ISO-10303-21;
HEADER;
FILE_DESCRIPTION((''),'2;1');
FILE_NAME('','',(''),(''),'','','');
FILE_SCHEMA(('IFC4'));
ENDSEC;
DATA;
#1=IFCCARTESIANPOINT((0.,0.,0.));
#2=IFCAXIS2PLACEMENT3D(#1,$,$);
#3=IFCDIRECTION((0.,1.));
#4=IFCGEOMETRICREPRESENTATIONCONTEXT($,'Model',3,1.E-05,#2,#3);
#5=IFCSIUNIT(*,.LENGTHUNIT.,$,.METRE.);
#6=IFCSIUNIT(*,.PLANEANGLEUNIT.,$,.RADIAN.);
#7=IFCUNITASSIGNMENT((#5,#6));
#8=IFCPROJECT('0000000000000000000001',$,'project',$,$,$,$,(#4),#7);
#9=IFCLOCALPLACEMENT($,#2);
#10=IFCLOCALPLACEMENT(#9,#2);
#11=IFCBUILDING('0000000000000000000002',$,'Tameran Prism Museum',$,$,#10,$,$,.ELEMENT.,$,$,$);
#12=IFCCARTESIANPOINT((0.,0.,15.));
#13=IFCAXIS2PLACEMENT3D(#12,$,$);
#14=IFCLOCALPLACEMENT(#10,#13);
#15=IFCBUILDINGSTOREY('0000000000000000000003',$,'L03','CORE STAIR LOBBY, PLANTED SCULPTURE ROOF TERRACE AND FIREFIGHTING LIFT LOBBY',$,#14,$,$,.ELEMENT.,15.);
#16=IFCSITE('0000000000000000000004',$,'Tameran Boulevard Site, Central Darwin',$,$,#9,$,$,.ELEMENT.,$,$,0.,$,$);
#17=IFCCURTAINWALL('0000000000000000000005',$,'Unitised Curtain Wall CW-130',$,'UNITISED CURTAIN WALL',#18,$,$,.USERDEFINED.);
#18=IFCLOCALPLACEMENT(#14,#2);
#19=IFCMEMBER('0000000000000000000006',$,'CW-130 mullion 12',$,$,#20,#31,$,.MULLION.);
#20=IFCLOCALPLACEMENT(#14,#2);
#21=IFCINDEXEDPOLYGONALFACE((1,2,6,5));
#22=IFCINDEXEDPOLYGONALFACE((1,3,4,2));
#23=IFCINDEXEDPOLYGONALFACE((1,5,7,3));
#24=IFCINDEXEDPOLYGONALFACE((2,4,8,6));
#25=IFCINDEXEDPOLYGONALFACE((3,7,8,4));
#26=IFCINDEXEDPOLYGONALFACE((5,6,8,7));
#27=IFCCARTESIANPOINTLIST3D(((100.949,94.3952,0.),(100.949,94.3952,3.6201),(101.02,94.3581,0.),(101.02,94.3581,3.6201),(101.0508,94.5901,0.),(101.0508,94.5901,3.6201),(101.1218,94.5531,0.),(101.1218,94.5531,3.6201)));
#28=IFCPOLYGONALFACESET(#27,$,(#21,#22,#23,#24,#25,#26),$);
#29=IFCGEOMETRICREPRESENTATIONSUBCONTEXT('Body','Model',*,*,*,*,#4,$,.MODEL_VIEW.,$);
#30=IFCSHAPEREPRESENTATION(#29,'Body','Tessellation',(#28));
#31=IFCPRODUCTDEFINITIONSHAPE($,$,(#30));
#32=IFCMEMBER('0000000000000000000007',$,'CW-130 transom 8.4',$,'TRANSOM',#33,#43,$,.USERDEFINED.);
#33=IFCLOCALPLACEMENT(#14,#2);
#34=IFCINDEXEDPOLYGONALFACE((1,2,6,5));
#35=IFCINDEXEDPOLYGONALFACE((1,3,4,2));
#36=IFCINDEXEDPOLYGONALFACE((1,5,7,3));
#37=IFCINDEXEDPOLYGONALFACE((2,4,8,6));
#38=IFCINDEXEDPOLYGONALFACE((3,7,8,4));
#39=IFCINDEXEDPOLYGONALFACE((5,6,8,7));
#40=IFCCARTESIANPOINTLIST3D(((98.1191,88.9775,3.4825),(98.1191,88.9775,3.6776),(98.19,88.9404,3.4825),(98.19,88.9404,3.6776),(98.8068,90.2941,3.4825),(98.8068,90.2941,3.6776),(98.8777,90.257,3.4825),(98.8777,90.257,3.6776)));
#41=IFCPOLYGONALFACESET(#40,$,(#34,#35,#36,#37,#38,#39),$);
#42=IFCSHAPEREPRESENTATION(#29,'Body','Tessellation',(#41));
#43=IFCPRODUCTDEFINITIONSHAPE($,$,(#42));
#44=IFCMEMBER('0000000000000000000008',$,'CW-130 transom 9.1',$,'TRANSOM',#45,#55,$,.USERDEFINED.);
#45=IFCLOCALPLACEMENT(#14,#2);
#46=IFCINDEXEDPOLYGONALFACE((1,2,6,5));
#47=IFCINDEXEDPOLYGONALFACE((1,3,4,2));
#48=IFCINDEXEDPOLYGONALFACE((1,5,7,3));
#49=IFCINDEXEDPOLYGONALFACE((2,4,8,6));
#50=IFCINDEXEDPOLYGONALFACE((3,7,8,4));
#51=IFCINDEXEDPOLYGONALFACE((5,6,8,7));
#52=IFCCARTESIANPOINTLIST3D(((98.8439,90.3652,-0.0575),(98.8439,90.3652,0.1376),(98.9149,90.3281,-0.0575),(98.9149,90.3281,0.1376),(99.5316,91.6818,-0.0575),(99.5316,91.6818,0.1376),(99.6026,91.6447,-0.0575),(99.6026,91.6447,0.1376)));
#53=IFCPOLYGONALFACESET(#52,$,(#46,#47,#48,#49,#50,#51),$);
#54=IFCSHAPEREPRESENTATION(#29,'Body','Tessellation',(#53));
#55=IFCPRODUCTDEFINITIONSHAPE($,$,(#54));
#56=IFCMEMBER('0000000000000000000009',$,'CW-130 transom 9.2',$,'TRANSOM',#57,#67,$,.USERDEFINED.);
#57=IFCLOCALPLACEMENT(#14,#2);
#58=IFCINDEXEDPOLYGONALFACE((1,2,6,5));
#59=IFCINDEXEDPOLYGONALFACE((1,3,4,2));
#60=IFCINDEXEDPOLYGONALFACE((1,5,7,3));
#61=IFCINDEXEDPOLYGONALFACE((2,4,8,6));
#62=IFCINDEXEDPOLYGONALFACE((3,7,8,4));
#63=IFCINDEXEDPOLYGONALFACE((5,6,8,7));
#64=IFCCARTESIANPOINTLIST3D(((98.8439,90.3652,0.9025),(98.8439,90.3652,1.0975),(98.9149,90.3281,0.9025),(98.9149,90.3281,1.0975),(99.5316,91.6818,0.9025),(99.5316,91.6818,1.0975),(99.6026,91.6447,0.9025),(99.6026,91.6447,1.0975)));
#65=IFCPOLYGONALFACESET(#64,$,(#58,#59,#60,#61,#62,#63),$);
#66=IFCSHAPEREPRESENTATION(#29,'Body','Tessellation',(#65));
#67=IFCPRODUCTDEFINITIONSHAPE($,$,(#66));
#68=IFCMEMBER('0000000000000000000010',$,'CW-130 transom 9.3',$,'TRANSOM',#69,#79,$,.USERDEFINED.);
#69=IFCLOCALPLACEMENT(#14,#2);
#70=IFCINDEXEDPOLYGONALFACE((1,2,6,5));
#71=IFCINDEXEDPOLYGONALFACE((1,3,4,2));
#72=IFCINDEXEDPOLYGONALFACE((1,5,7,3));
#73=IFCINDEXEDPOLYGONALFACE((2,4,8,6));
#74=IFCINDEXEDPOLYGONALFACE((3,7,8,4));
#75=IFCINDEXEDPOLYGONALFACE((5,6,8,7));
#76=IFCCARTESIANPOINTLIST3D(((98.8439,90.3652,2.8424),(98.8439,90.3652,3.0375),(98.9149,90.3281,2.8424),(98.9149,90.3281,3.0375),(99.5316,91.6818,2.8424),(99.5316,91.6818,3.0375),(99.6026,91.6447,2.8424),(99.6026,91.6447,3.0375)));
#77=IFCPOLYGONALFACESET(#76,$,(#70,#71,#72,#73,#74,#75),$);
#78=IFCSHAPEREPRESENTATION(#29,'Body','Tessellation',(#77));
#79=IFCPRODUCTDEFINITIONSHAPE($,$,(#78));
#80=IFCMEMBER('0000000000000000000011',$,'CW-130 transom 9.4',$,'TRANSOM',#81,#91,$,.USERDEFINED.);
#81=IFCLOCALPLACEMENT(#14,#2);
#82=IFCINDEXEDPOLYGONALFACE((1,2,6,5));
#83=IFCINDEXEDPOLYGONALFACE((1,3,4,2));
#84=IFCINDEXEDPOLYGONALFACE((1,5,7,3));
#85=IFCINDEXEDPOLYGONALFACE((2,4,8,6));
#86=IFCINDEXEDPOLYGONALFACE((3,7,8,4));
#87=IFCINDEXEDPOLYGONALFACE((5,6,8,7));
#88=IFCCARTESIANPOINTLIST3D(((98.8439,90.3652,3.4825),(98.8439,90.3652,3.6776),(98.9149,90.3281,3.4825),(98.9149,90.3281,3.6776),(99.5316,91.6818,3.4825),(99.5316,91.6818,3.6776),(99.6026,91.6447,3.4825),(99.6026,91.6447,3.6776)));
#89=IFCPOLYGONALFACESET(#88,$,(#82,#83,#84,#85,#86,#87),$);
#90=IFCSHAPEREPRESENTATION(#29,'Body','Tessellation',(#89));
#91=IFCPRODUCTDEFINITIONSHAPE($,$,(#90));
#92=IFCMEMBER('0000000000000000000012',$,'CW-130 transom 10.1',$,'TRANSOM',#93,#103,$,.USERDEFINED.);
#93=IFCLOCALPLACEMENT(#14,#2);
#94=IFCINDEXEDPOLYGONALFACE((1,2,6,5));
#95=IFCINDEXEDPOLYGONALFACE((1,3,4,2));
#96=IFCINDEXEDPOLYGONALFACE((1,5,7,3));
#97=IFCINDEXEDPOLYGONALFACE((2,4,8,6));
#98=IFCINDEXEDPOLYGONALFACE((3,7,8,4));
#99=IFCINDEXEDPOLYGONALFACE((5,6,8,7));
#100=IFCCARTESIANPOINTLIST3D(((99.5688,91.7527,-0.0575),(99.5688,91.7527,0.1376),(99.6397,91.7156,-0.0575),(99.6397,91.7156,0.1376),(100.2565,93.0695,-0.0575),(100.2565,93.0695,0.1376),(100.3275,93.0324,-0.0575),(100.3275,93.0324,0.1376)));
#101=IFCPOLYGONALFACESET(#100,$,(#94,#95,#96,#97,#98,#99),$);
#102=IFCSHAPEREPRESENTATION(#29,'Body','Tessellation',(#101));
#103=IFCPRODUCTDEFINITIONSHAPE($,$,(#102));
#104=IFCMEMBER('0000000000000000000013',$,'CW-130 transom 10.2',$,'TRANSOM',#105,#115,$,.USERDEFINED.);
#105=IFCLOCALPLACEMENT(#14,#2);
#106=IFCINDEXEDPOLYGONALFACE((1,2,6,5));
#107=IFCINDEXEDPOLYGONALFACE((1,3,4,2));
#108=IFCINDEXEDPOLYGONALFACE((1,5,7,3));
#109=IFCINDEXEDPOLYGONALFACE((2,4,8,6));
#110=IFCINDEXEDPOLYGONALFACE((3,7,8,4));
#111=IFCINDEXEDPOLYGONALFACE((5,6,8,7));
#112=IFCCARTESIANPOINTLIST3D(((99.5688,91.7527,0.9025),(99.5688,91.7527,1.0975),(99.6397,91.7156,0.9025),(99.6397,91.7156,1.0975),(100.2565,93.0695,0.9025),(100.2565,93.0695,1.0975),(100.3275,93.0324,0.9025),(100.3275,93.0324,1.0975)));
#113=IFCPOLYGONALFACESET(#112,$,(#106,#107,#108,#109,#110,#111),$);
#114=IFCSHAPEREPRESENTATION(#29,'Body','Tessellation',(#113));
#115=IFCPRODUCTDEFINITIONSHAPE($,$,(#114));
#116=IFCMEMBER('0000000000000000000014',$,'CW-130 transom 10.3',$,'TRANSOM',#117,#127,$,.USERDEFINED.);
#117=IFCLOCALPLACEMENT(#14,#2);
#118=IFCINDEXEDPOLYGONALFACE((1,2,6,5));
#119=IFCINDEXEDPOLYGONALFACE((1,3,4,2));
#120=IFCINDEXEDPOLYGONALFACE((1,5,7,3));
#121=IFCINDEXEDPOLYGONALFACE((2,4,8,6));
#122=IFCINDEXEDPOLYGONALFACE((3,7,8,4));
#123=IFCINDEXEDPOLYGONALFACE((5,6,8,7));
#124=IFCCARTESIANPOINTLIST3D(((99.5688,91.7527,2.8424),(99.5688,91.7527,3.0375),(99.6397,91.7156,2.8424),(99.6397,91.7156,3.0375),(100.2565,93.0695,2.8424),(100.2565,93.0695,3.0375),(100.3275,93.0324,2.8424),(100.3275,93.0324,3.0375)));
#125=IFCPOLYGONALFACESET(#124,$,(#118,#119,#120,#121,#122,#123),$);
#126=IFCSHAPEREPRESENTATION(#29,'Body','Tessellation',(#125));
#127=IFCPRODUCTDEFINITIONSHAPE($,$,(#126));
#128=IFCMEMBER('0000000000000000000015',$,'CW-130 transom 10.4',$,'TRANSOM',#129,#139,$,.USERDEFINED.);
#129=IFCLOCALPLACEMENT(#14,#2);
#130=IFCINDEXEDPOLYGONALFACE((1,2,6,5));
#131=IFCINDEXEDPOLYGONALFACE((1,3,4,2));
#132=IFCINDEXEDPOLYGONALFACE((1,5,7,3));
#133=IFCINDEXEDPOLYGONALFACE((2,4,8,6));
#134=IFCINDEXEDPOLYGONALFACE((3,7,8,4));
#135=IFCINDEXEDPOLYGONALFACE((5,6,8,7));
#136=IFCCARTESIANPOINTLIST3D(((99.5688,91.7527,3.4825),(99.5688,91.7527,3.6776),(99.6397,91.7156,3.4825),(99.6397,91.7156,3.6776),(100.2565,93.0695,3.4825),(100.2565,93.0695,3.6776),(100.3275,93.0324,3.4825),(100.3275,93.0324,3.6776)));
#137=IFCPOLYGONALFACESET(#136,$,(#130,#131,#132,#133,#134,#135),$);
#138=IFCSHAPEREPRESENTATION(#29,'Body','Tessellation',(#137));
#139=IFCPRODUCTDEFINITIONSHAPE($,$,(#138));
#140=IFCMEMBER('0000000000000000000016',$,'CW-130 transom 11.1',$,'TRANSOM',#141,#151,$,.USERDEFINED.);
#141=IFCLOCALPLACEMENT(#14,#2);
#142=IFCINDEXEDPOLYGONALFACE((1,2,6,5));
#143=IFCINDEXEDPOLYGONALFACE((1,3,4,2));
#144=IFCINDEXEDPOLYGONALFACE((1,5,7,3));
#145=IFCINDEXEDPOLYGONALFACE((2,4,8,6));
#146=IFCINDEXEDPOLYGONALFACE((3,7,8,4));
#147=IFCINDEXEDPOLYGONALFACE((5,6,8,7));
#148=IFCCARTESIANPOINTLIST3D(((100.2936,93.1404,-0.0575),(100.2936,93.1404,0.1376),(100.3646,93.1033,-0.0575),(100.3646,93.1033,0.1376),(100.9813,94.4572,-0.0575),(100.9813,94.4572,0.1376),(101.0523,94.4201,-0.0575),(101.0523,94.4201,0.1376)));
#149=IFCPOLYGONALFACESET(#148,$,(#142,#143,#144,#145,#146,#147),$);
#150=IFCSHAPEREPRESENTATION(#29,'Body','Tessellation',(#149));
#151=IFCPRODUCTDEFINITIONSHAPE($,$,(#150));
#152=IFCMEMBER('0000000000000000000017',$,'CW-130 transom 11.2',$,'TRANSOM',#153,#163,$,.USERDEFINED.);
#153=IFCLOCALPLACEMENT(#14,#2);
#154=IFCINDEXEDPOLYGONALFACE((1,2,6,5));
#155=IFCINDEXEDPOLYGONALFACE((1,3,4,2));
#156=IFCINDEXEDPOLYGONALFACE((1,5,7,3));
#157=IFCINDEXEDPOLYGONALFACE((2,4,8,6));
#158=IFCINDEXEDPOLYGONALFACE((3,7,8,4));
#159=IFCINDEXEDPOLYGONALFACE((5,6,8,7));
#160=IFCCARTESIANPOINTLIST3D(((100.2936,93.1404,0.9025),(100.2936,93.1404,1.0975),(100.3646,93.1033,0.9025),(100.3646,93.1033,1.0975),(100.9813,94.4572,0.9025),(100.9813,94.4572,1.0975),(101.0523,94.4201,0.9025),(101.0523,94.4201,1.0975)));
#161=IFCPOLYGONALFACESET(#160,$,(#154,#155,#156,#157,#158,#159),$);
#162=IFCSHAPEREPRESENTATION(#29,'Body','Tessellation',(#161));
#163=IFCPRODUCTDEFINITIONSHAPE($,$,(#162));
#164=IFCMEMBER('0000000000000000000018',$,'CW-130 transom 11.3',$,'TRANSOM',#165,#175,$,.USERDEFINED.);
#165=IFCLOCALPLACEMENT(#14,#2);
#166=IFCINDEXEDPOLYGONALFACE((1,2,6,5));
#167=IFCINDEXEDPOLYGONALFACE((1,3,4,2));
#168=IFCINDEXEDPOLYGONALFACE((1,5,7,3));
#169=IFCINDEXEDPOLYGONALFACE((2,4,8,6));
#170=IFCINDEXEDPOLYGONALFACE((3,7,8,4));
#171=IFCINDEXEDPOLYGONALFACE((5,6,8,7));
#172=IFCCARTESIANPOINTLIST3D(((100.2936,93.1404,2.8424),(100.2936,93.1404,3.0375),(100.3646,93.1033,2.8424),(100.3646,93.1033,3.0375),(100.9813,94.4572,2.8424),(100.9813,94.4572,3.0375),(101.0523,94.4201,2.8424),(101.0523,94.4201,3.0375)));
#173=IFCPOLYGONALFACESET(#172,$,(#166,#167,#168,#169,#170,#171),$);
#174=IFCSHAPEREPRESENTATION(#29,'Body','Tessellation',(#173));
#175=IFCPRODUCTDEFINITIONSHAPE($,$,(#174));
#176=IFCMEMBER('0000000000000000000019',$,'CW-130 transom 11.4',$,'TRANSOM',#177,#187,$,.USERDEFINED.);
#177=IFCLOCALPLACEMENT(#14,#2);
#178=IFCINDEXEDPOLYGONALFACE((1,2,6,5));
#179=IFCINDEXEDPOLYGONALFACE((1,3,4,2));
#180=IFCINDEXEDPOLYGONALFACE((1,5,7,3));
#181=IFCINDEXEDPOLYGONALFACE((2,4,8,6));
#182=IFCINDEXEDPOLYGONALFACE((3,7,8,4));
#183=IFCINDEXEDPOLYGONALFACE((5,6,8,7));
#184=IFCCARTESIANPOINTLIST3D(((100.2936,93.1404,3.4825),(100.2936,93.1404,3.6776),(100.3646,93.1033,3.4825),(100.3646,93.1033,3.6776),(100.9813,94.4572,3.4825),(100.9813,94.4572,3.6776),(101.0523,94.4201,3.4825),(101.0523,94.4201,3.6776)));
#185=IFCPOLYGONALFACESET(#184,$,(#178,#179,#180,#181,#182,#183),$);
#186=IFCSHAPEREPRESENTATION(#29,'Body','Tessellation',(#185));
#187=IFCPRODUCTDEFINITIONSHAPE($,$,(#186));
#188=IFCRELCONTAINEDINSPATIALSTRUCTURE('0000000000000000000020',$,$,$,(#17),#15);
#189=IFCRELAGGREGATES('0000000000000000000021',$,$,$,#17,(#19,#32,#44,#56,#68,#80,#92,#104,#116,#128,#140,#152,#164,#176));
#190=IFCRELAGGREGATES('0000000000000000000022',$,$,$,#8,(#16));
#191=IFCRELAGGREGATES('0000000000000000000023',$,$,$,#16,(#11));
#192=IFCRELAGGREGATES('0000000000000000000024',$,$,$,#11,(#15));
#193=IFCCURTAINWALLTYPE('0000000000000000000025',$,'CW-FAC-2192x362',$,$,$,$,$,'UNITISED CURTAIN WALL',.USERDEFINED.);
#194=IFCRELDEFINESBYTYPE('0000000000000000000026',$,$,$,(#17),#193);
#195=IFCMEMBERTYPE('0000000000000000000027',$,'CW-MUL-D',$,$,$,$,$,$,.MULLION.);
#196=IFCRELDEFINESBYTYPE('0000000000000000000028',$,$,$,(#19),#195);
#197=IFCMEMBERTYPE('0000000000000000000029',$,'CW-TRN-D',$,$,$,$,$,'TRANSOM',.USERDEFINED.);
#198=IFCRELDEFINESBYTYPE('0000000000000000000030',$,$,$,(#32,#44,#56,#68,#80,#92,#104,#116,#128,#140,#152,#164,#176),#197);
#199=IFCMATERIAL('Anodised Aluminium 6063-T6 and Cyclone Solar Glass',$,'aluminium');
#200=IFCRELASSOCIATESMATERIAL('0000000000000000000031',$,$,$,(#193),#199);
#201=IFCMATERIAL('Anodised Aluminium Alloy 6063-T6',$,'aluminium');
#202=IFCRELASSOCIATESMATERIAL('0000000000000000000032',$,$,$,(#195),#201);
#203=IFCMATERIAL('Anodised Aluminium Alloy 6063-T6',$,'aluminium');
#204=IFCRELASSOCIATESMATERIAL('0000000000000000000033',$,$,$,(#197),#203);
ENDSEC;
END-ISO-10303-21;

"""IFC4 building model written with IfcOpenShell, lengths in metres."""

from ifc_helpers import new_model, si_unit, direction, frame, origin, origin_2d, place, context, subcontext, project, spatial, rectangle, extrude, material, material_profile, profile_set, type_object, element, aggregate, save


model = new_model("IFC4")

# Units and contexts
model_context = context("Model", 3, precision=1e-05, world=origin(), true_north=direction((0.0, 1.0)))
body_context = subcontext(model_context, "Body", "Model", "MODEL_VIEW")
ifc_project = project(units=[si_unit("LENGTHUNIT", "METRE"), si_unit("PLANEANGLEUNIT", "RADIAN")], contexts=[model_context])

# Site, building, storey
site_placement = place(None, origin())
site = spatial("IfcSite", under=ifc_project, at=site_placement, Name="Tameran Boulevard Site, Central Darwin", CompositionType="ELEMENT", RefElevation=0.0)
building_placement = place(site_placement, origin())
building = spatial("IfcBuilding", under=site, at=building_placement, Name="Tameran Prism Museum", CompositionType="ELEMENT")
storey_placement = place(building_placement, frame((0.0, 0.0, 15.0)))
storey = spatial("IfcBuildingStorey", under=building, at=storey_placement, Name="L03", Description="CORE STAIR LOBBY, PLANTED SCULPTURE ROOF TERRACE AND FIREFIGHTING LIFT LOBBY", CompositionType="ELEMENT", Elevation=15.0)

# Curtain wall, members
ifc_material_1 = material(Name="Anodised Aluminium 6063-T6 and Cyclone Solar Glass", Category="aluminium")
curtain_wall_type = type_object("IfcCurtainWallType", Name="CW-FAC-2192x362", ElementType="UNITISED CURTAIN WALL", PredefinedType="USERDEFINED", material=ifc_material_1)
curtain_wall_placement = place(storey_placement, origin())
curtain_wall = element("IfcCurtainWall", 1, at=curtain_wall_placement, inside=storey, type_object=curtain_wall_type, Name="Unitised Curtain Wall CW-130", ObjectType="UNITISED CURTAIN WALL", PredefinedType="USERDEFINED")
ifc_material_2 = material(Name="Anodised Aluminium Alloy 6063-T6", Category="aluminium")
ifc_material_profile_1 = material_profile(ifc_material_2, rectangle(XDim=0.0801, YDim=0.22, at=origin_2d()))
ifc_profile_set_1 = profile_set([ifc_material_profile_1])
member_type_1 = type_object("IfcMemberType", Name="CW-MUL-D", PredefinedType="MULLION", material=ifc_profile_set_1)
member_1_placement = place(storey_placement, frame((101.0354, 94.4741, 0.0), z_axis=(0.0, 0.0, 1.0), x_axis=(-0.886357, 0.463003, 0.0)))
member_1 = element("IfcMember", 2, at=member_1_placement, type_object=member_type_1, Name="CW-130 mullion 12", PredefinedType="MULLION", context=body_context, shape_type="SweptSolid", body=[
    extrude(rectangle(XDim=0.0801, YDim=0.22, at=origin_2d()), origin(), (0.0, 0.0, 1.0), 3.6201),
])
ifc_material_3 = material(Name="Anodised Aluminium Alloy 6063-T6", Category="aluminium")
ifc_material_profile_2 = material_profile(ifc_material_3, rectangle(XDim=0.0801, YDim=0.1951, at=origin_2d()))
ifc_profile_set_2 = profile_set([ifc_material_profile_2])
member_type_2 = type_object("IfcMemberType", Name="CW-TRN-D", ElementType="TRANSOM", PredefinedType="USERDEFINED", material=ifc_profile_set_2)
member_2_placement = place(storey_placement, frame((98.1545, 88.959, 3.5801), z_axis=(0.462987, 0.886365, 0.0), x_axis=(-0.886365, 0.462987, 0.0)))
member_2 = element("IfcMember", 3, at=member_2_placement, type_object=member_type_2, Name="CW-130 transom 8.4", ObjectType="TRANSOM", PredefinedType="USERDEFINED", context=body_context, shape_type="SweptSolid", body=[
    extrude(rectangle(XDim=0.0801, YDim=0.1951, at=origin_2d()), origin(), (0.0, 0.0, 1.0), 1.4854),
])
member_3_placement = place(storey_placement, frame((98.8794, 90.3467, 0.04), z_axis=(0.462987, 0.886365, 0.0), x_axis=(-0.886365, 0.462987, 0.0)))
member_3 = element("IfcMember", 4, at=member_3_placement, type_object=member_type_2, Name="CW-130 transom 9.1", ObjectType="TRANSOM", PredefinedType="USERDEFINED", context=body_context, shape_type="SweptSolid", body=[
    extrude(rectangle(XDim=0.0801, YDim=0.1951, at=origin_2d()), origin(), (0.0, 0.0, 1.0), 1.4854),
])
member_4_placement = place(storey_placement, frame((98.8794, 90.3467, 1.0), z_axis=(0.462987, 0.886365, 0.0), x_axis=(-0.886365, 0.462987, 0.0)))
member_4 = element("IfcMember", 5, at=member_4_placement, type_object=member_type_2, Name="CW-130 transom 9.2", ObjectType="TRANSOM", PredefinedType="USERDEFINED", context=body_context, shape_type="SweptSolid", body=[
    extrude(rectangle(XDim=0.0801, YDim=0.1951, at=origin_2d()), origin(), (0.0, 0.0, 1.0), 1.4854),
])
member_5_placement = place(storey_placement, frame((98.8794, 90.3467, 2.9399), z_axis=(0.462987, 0.886365, 0.0), x_axis=(-0.886365, 0.462987, 0.0)))
member_5 = element("IfcMember", 6, at=member_5_placement, type_object=member_type_2, Name="CW-130 transom 9.3", ObjectType="TRANSOM", PredefinedType="USERDEFINED", context=body_context, shape_type="SweptSolid", body=[
    extrude(rectangle(XDim=0.0801, YDim=0.1951, at=origin_2d()), origin(), (0.0, 0.0, 1.0), 1.4854),
])
member_6_placement = place(storey_placement, frame((98.8794, 90.3467, 3.5801), z_axis=(0.462987, 0.886365, 0.0), x_axis=(-0.886365, 0.462987, 0.0)))
member_6 = element("IfcMember", 7, at=member_6_placement, type_object=member_type_2, Name="CW-130 transom 9.4", ObjectType="TRANSOM", PredefinedType="USERDEFINED", context=body_context, shape_type="SweptSolid", body=[
    extrude(rectangle(XDim=0.0801, YDim=0.1951, at=origin_2d()), origin(), (0.0, 0.0, 1.0), 1.4854),
])
member_7_placement = place(storey_placement, frame((99.6042, 91.7341, 0.04), z_axis=(0.46292, 0.8864, 0.0), x_axis=(-0.8864, 0.46292, 0.0)))
member_7 = element("IfcMember", 8, at=member_7_placement, type_object=member_type_2, Name="CW-130 transom 10.1", ObjectType="TRANSOM", PredefinedType="USERDEFINED", context=body_context, shape_type="SweptSolid", body=[
    extrude(rectangle(XDim=0.0801, YDim=0.1951, at=origin_2d()), origin(), (0.0, 0.0, 1.0), 1.4856),
])
member_8_placement = place(storey_placement, frame((99.6042, 91.7341, 1.0), z_axis=(0.46292, 0.8864, 0.0), x_axis=(-0.8864, 0.46292, 0.0)))
member_8 = element("IfcMember", 9, at=member_8_placement, type_object=member_type_2, Name="CW-130 transom 10.2", ObjectType="TRANSOM", PredefinedType="USERDEFINED", context=body_context, shape_type="SweptSolid", body=[
    extrude(rectangle(XDim=0.0801, YDim=0.1951, at=origin_2d()), origin(), (0.0, 0.0, 1.0), 1.4856),
])
member_9_placement = place(storey_placement, frame((99.6042, 91.7341, 2.9399), z_axis=(0.46292, 0.8864, 0.0), x_axis=(-0.8864, 0.46292, 0.0)))
member_9 = element("IfcMember", 10, at=member_9_placement, type_object=member_type_2, Name="CW-130 transom 10.3", ObjectType="TRANSOM", PredefinedType="USERDEFINED", context=body_context, shape_type="SweptSolid", body=[
    extrude(rectangle(XDim=0.0801, YDim=0.1951, at=origin_2d()), origin(), (0.0, 0.0, 1.0), 1.4856),
])
member_10_placement = place(storey_placement, frame((99.6042, 91.7341, 3.5801), z_axis=(0.46292, 0.8864, 0.0), x_axis=(-0.8864, 0.46292, 0.0)))
member_10 = element("IfcMember", 11, at=member_10_placement, type_object=member_type_2, Name="CW-130 transom 10.4", ObjectType="TRANSOM", PredefinedType="USERDEFINED", context=body_context, shape_type="SweptSolid", body=[
    extrude(rectangle(XDim=0.0801, YDim=0.1951, at=origin_2d()), origin(), (0.0, 0.0, 1.0), 1.4856),
])
member_11_placement = place(storey_placement, frame((100.3291, 93.1218, 0.04), z_axis=(0.46292, 0.8864, 0.0), x_axis=(-0.8864, 0.46292, 0.0)))
member_11 = element("IfcMember", 12, at=member_11_placement, type_object=member_type_2, Name="CW-130 transom 11.1", ObjectType="TRANSOM", PredefinedType="USERDEFINED", context=body_context, shape_type="SweptSolid", body=[
    extrude(rectangle(XDim=0.0801, YDim=0.1951, at=origin_2d()), origin(), (0.0, 0.0, 1.0), 1.4856),
])
member_12_placement = place(storey_placement, frame((100.3291, 93.1218, 1.0), z_axis=(0.46292, 0.8864, 0.0), x_axis=(-0.8864, 0.46292, 0.0)))
member_12 = element("IfcMember", 13, at=member_12_placement, type_object=member_type_2, Name="CW-130 transom 11.2", ObjectType="TRANSOM", PredefinedType="USERDEFINED", context=body_context, shape_type="SweptSolid", body=[
    extrude(rectangle(XDim=0.0801, YDim=0.1951, at=origin_2d()), origin(), (0.0, 0.0, 1.0), 1.4856),
])
member_13_placement = place(storey_placement, frame((100.3291, 93.1218, 2.9399), z_axis=(0.46292, 0.8864, 0.0), x_axis=(-0.8864, 0.46292, 0.0)))
member_13 = element("IfcMember", 14, at=member_13_placement, type_object=member_type_2, Name="CW-130 transom 11.3", ObjectType="TRANSOM", PredefinedType="USERDEFINED", context=body_context, shape_type="SweptSolid", body=[
    extrude(rectangle(XDim=0.0801, YDim=0.1951, at=origin_2d()), origin(), (0.0, 0.0, 1.0), 1.4856),
])
member_14_placement = place(storey_placement, frame((100.3291, 93.1218, 3.5801), z_axis=(0.46292, 0.8864, 0.0), x_axis=(-0.8864, 0.46292, 0.0)))
member_14 = element("IfcMember", 15, at=member_14_placement, type_object=member_type_2, Name="CW-130 transom 11.4", ObjectType="TRANSOM", PredefinedType="USERDEFINED", context=body_context, shape_type="SweptSolid", body=[
    extrude(rectangle(XDim=0.0801, YDim=0.1951, at=origin_2d()), origin(), (0.0, 0.0, 1.0), 1.4856),
])
aggregate(curtain_wall, [member_1, member_2, member_3, member_4, member_5, member_6, member_7, member_8, member_9, member_10, member_11, member_12, member_13, member_14])

save(model, "model.ifc")
